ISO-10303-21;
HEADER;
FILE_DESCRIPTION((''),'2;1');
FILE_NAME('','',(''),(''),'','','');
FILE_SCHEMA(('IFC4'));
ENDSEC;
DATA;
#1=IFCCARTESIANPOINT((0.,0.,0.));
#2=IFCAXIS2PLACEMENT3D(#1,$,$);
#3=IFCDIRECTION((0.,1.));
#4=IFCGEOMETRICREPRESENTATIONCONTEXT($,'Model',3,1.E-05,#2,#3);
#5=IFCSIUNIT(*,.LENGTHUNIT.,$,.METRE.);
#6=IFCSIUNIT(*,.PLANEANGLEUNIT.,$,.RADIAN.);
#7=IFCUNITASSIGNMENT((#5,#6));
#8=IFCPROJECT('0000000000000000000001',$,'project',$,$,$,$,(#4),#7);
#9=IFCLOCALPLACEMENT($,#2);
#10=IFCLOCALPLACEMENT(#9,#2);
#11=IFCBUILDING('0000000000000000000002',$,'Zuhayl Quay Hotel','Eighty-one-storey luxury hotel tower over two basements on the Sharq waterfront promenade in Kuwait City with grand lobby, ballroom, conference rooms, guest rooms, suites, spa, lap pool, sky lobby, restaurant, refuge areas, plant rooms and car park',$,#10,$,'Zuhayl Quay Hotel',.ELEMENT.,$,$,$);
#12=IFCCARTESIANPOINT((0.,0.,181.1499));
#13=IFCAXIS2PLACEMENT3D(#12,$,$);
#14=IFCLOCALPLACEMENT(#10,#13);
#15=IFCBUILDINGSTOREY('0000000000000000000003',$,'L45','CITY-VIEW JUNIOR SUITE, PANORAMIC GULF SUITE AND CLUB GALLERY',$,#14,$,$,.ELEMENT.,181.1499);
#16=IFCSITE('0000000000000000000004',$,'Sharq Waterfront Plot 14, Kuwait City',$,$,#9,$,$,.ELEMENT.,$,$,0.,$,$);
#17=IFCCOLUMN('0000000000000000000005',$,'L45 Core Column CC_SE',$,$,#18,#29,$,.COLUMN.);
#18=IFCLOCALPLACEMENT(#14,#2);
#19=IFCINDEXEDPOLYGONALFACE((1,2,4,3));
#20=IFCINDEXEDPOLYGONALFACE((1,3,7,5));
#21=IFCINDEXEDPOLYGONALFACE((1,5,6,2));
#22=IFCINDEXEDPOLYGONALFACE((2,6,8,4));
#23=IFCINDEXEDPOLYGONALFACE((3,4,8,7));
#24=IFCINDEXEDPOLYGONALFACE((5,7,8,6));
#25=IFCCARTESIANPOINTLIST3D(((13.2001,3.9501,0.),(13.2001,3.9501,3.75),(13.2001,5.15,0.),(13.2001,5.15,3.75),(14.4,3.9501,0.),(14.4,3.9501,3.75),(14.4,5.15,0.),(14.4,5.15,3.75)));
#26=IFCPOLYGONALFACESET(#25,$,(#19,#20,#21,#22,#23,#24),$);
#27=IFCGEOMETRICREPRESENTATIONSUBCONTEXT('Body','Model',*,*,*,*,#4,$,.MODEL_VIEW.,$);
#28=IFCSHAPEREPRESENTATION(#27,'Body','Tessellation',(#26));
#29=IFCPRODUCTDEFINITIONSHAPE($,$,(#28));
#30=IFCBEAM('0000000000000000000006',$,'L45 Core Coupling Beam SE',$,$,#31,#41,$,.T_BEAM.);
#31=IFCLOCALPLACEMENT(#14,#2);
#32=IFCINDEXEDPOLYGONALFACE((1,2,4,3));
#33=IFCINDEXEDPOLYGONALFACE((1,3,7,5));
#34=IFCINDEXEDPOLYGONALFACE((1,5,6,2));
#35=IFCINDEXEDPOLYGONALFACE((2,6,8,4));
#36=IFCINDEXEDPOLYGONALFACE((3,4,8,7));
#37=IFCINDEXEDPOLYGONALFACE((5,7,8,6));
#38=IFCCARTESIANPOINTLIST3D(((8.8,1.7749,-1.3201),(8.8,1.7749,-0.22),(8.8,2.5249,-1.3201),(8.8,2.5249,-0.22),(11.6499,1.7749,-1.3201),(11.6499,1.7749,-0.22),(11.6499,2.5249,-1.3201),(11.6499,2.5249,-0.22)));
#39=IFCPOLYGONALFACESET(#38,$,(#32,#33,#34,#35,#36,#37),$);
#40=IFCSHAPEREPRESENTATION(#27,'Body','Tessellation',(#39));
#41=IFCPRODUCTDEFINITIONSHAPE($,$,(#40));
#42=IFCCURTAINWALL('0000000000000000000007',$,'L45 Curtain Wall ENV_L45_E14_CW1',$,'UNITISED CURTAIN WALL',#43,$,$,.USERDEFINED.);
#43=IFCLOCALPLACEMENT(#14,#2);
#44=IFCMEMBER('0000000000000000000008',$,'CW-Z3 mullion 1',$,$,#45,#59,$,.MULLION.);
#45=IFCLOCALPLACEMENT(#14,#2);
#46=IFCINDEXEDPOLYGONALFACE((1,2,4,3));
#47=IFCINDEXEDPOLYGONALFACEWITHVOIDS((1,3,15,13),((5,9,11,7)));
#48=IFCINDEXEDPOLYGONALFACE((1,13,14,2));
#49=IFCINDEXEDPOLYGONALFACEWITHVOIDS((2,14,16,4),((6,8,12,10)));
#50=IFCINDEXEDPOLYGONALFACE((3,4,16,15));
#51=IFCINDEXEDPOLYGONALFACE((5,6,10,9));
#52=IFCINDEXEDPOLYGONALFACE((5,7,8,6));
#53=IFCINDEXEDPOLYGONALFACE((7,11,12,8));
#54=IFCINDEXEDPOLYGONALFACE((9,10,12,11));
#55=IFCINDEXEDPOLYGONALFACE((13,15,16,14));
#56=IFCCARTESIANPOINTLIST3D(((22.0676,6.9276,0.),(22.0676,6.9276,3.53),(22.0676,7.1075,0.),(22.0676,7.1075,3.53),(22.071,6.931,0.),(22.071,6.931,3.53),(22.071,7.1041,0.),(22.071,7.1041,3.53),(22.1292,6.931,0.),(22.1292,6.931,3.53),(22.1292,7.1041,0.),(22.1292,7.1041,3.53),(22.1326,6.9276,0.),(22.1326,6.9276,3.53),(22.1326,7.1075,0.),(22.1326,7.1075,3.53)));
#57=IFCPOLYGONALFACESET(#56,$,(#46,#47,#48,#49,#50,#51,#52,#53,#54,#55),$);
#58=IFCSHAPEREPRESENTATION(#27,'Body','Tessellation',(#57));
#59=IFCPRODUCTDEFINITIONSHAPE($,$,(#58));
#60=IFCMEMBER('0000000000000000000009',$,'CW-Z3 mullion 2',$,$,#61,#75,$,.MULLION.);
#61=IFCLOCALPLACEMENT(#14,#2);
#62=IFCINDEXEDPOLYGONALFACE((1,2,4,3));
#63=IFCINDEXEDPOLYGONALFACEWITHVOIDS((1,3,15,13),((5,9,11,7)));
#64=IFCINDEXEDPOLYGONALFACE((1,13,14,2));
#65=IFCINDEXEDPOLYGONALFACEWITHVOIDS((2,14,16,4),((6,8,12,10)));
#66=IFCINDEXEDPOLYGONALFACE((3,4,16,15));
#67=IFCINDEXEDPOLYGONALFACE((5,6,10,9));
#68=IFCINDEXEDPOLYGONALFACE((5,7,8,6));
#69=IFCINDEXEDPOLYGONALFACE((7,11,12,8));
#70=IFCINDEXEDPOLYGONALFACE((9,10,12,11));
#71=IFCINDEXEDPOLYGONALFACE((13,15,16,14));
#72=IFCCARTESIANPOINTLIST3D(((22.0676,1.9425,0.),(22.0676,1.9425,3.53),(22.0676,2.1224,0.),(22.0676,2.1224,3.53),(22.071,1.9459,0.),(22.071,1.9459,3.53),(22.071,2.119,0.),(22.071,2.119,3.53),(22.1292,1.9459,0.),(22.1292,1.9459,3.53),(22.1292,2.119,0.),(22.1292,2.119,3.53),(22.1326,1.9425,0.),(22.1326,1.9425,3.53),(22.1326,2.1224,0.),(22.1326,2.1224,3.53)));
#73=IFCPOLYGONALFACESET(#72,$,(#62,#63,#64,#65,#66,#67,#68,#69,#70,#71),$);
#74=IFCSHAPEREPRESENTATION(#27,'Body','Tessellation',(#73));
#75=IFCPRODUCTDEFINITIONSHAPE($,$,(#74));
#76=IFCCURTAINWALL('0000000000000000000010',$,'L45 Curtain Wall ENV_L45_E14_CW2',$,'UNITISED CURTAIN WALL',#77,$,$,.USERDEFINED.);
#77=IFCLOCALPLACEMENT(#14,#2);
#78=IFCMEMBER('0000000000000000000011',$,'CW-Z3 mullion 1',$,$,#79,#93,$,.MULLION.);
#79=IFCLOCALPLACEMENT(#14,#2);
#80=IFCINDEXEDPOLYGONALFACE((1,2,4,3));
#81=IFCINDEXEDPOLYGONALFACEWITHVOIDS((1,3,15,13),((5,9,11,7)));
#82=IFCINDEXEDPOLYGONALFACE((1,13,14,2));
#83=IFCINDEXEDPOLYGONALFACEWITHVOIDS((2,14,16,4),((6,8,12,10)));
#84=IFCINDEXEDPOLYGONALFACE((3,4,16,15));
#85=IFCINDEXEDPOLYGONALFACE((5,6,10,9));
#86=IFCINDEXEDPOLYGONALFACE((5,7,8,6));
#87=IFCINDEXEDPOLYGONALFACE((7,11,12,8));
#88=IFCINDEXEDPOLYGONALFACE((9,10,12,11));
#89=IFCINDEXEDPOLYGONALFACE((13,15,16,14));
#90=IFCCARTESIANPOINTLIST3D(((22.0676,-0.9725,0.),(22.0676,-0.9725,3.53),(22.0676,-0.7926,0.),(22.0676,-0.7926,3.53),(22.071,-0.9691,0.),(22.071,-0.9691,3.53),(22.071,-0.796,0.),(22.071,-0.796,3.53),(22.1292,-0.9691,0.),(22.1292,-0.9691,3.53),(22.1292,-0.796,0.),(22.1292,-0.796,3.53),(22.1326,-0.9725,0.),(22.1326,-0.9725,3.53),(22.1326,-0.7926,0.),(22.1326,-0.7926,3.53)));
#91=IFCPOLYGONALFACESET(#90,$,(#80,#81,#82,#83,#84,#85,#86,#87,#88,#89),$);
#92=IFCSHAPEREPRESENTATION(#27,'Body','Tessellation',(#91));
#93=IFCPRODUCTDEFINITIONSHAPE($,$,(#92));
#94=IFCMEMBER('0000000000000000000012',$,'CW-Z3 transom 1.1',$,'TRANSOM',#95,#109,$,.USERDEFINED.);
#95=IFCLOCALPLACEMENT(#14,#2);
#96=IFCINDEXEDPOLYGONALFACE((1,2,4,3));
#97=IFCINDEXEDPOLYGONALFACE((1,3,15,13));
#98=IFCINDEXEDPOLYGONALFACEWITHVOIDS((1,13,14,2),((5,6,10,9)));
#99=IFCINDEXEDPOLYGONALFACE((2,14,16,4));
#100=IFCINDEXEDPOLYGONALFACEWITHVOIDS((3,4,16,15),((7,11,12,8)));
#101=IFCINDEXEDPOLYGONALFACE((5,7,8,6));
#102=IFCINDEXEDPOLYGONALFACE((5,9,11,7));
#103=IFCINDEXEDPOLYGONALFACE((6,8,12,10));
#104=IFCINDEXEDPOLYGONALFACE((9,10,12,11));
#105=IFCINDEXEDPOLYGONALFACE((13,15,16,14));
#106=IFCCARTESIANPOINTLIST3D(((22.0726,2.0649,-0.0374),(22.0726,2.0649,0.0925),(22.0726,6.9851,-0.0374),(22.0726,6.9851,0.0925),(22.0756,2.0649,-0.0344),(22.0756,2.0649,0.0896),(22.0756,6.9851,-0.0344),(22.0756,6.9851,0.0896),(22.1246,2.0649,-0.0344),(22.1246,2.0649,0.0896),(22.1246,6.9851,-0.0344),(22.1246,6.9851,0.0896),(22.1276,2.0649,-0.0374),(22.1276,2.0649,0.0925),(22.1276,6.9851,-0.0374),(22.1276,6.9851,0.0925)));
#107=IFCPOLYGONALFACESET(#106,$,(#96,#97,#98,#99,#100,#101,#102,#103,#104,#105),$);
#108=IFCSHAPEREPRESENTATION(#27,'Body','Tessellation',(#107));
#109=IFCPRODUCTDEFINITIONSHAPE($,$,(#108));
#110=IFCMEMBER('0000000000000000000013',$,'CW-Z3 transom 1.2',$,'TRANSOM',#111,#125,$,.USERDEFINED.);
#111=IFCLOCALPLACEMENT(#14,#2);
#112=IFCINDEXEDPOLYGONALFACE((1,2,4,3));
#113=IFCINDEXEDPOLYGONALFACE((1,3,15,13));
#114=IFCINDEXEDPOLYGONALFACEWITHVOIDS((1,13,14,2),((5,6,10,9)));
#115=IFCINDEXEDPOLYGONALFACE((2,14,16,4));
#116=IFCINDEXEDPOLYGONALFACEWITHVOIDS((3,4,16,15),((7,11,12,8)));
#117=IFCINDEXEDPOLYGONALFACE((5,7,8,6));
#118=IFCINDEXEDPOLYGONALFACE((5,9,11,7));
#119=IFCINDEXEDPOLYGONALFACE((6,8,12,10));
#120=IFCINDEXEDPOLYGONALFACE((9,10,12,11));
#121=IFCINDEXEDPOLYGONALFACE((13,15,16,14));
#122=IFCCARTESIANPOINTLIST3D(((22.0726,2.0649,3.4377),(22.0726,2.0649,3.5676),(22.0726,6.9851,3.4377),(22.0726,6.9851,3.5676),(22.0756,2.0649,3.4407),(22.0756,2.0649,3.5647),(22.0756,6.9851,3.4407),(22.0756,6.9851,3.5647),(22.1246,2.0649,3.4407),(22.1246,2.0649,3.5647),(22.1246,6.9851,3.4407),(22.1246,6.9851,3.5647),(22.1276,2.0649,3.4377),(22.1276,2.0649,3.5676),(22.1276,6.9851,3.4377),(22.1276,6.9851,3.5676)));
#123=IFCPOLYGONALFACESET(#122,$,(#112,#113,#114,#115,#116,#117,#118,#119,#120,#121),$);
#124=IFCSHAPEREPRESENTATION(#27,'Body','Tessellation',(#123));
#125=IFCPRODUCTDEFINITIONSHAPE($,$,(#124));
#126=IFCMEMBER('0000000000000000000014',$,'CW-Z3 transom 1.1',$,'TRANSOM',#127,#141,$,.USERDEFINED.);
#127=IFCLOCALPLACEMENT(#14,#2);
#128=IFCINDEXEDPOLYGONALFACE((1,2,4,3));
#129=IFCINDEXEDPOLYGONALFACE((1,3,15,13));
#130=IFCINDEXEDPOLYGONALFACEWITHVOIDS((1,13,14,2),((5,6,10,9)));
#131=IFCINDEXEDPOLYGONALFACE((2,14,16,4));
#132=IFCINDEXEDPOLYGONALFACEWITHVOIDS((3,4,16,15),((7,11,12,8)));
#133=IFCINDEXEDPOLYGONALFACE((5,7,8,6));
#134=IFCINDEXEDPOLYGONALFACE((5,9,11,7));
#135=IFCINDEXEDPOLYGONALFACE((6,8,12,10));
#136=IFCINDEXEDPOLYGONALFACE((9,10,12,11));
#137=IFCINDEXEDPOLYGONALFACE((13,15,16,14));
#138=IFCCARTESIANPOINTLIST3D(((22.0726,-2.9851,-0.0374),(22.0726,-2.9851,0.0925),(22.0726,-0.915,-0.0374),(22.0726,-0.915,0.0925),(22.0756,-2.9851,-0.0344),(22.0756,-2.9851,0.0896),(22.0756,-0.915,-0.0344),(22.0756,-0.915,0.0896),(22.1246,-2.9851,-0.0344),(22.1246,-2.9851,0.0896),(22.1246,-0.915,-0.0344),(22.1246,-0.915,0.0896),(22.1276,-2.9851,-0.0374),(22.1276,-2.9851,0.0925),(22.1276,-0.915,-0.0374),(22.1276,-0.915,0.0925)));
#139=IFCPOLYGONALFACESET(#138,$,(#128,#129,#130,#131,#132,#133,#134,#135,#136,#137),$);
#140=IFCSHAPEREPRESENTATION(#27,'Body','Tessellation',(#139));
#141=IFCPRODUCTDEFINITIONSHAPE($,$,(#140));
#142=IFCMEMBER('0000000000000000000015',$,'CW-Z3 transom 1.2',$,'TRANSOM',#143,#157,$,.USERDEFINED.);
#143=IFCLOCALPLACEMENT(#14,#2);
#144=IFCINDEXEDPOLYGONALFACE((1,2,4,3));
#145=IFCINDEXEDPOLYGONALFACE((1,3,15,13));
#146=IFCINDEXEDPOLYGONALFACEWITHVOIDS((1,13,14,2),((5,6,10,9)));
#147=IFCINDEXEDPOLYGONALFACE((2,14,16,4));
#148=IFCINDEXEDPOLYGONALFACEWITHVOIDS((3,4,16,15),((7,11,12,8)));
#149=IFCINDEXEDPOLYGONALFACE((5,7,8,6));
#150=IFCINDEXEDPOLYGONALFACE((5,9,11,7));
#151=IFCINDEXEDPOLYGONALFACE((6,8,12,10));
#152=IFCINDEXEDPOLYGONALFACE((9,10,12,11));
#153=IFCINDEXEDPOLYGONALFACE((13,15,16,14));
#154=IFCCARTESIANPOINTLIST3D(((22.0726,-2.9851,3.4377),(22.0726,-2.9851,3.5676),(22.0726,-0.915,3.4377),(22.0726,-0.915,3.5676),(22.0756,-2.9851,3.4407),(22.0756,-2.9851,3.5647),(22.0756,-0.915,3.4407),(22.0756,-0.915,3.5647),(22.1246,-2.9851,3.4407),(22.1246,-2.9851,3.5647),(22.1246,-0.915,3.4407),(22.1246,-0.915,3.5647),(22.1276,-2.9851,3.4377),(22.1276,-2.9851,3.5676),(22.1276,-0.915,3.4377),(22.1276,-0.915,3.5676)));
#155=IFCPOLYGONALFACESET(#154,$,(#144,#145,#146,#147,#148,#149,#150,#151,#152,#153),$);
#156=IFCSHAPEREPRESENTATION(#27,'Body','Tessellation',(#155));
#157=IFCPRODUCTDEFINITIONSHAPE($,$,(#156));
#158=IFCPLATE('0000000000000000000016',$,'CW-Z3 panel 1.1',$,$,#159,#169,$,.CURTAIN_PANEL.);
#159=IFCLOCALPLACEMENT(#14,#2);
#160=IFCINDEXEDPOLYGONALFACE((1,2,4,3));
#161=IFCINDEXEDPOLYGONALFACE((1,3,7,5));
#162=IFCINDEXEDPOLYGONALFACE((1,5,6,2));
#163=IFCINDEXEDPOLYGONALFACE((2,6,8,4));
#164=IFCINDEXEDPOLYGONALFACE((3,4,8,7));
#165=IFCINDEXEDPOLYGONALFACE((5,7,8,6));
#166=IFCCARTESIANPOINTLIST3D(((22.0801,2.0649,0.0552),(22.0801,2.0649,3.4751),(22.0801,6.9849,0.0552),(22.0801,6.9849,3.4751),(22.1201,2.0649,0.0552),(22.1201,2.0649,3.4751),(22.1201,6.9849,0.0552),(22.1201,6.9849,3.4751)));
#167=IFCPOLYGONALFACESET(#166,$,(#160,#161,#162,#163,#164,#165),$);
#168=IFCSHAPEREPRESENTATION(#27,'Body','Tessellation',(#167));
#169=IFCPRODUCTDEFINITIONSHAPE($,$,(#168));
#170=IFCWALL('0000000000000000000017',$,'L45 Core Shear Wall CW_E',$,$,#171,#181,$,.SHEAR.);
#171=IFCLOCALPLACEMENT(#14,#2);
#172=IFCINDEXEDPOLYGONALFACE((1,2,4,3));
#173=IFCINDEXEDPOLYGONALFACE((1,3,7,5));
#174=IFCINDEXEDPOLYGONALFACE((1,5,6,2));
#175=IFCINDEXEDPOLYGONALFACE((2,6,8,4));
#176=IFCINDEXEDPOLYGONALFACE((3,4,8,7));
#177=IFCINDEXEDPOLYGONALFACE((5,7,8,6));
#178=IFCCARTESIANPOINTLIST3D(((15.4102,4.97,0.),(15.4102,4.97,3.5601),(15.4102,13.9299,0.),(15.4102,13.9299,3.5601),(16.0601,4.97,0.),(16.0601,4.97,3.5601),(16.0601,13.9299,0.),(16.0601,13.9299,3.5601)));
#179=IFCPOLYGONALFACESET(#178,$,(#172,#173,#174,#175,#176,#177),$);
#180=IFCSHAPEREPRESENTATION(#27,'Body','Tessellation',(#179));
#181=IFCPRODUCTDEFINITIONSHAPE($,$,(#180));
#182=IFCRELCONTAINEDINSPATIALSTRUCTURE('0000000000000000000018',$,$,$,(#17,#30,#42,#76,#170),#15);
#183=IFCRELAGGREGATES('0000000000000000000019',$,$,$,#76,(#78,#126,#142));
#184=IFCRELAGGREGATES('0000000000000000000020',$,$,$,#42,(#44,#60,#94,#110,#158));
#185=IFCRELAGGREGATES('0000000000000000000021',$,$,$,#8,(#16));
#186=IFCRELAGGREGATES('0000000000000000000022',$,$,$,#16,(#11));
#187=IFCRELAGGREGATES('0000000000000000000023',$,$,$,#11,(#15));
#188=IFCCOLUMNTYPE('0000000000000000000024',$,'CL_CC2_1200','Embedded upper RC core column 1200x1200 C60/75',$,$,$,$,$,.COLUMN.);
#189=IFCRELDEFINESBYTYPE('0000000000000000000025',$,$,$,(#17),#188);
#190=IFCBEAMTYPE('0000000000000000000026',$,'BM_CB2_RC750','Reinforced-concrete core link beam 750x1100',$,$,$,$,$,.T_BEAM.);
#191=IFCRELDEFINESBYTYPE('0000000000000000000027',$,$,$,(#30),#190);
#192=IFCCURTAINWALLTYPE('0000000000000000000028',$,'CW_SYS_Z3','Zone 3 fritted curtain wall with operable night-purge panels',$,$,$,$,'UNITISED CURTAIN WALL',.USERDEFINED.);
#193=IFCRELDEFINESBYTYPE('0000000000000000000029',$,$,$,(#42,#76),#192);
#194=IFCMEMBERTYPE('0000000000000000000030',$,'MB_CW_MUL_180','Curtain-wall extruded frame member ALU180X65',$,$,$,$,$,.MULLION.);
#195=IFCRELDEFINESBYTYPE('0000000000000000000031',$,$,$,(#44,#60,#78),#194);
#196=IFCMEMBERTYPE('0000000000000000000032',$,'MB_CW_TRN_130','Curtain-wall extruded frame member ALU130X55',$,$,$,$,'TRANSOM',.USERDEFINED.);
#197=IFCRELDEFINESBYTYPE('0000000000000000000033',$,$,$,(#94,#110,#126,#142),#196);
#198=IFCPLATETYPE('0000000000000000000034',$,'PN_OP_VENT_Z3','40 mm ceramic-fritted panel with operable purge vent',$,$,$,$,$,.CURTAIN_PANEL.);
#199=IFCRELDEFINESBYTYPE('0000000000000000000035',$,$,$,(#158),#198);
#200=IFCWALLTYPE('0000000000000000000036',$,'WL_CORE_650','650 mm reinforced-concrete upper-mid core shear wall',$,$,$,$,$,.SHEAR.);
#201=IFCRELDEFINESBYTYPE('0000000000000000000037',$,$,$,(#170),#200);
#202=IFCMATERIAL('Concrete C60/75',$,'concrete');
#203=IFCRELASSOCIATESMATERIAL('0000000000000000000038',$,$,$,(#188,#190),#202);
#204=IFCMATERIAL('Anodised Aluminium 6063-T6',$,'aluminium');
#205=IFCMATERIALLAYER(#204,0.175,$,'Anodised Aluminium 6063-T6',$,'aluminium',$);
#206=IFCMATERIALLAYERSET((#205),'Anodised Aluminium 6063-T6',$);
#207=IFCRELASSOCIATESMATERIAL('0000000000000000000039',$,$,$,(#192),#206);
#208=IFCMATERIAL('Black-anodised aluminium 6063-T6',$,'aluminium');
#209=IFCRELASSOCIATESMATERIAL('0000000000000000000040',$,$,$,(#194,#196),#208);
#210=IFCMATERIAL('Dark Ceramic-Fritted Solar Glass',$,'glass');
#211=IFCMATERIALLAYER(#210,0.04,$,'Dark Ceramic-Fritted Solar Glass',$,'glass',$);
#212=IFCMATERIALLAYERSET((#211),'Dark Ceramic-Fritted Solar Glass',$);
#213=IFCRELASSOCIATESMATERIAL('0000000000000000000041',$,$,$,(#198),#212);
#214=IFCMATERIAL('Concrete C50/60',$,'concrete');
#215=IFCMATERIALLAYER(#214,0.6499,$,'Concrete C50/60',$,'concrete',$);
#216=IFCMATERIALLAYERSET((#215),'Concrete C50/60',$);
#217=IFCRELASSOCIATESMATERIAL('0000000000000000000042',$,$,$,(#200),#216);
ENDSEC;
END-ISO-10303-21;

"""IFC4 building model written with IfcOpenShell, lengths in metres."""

from ifc_helpers import new_model, si_unit, direction, frame, frame_2d, origin, origin_2d, place, context, subcontext, project, spatial, rectangle, hollow_rectangle, extrude, material, layer, layer_set, material_profile, profile_set, type_object, element, aggregate, save


model = new_model("IFC4")

# Units and contexts
model_context = context("Model", 3, precision=1e-05, world=origin(), true_north=direction((0.0, 1.0)))
body_context = subcontext(model_context, "Body", "Model", "MODEL_VIEW")
ifc_project = project(units=[si_unit("LENGTHUNIT", "METRE"), si_unit("PLANEANGLEUNIT", "RADIAN")], contexts=[model_context])

# Site, building, storey
site_placement = place(None, origin())
site = spatial("IfcSite", under=ifc_project, at=site_placement, Name="Sharq Waterfront Plot 14, Kuwait City", CompositionType="ELEMENT", RefElevation=0.0)
building_placement = place(site_placement, origin())
building = spatial("IfcBuilding", under=site, at=building_placement, Name="Zuhayl Quay Hotel", Description="Eighty-one-storey luxury hotel tower over two basements on the Sharq waterfront promenade in Kuwait City with grand lobby, ballroom, conference rooms, guest rooms, suites, spa, lap pool, sky lobby, restaurant, refuge areas, plant rooms and car park", LongName="Zuhayl Quay Hotel", CompositionType="ELEMENT")
storey_placement = place(building_placement, frame((0.0, 0.0, 181.1499)))
storey = spatial("IfcBuildingStorey", under=building, at=storey_placement, Name="L45", Description="CITY-VIEW JUNIOR SUITE, PANORAMIC GULF SUITE AND CLUB GALLERY", CompositionType="ELEMENT", Elevation=181.1499)

# Column
ifc_material_1 = material(Name="Concrete C60/75", Category="concrete")
ifc_material_profile_1 = material_profile(ifc_material_1, rectangle(XDim=1.2, YDim=1.2, at=origin_2d()), Name="RC1200X1200")
ifc_profile_set_1 = profile_set([ifc_material_profile_1], Name="Concrete C60/75")
column_type = type_object("IfcColumnType", Name="CL_CC2_1200", Description="Embedded upper RC core column 1200x1200 C60/75", PredefinedType="COLUMN", material=ifc_profile_set_1)
column_placement = place(storey_placement, frame((13.8, 4.55, 0.0), z_axis=(0.0, 0.0, 1.0), x_axis=(1.0, 0.0, 0.0)))
element("IfcColumn", 1, at=column_placement, inside=storey, type_object=column_type, Name="L45 Core Column CC_SE", PredefinedType="COLUMN", context=body_context, shape_type="SweptSolid", body=[
    extrude(rectangle(XDim=1.2, YDim=1.2, at=origin_2d()), origin(), (0.0, 0.0, 1.0), 3.75),
])

# Beam
ifc_material_profile_2 = material_profile(ifc_material_1, rectangle(XDim=0.75, YDim=1.1001, at=origin_2d()), Name="RC750X1100")
ifc_profile_set_2 = profile_set([ifc_material_profile_2], Name="Concrete C60/75")
beam_type = type_object("IfcBeamType", Name="BM_CB2_RC750", Description="Reinforced-concrete core link beam 750x1100", PredefinedType="T_BEAM", material=ifc_profile_set_2)
beam_placement = place(storey_placement, frame((8.8, 2.1499, -0.77), z_axis=(1.0, 0.0, 0.0), x_axis=(0.0, 1.0, 0.0)))
element("IfcBeam", 2, at=beam_placement, inside=storey, type_object=beam_type, Name="L45 Core Coupling Beam SE", PredefinedType="T_BEAM", context=body_context, shape_type="SweptSolid", body=[
    extrude(rectangle(XDim=0.75, YDim=1.1001, at=origin_2d()), origin(), (0.0, 0.0, 1.0), 2.8499),
])

# Curtain wall, members
ifc_material_2 = material(Name="Anodised Aluminium 6063-T6", Category="aluminium")
ifc_layer_1 = layer(ifc_material_2, 0.175, Name="Anodised Aluminium 6063-T6", Category="aluminium")
ifc_layer_set_1 = layer_set([ifc_layer_1], Name="Anodised Aluminium 6063-T6")
curtain_wall_type = type_object("IfcCurtainWallType", Name="CW_SYS_Z3", Description="Zone 3 fritted curtain wall with operable night-purge panels", ElementType="UNITISED CURTAIN WALL", PredefinedType="USERDEFINED", material=ifc_layer_set_1)
curtain_wall_1_placement = place(storey_placement, origin())
curtain_wall_1 = element("IfcCurtainWall", 3, at=curtain_wall_1_placement, inside=storey, type_object=curtain_wall_type, Name="L45 Curtain Wall ENV_L45_E14_CW1", ObjectType="UNITISED CURTAIN WALL", PredefinedType="USERDEFINED")
ifc_material_3 = material(Name="Black-anodised aluminium 6063-T6", Category="aluminium")
ifc_material_profile_3 = material_profile(ifc_material_3, hollow_rectangle(XDim=0.0649, YDim=0.1799, WallThickness=0.0034, at=origin_2d()), Name="ALU180X65")
ifc_profile_set_3 = profile_set([ifc_material_profile_3], Name="Black-anodised aluminium 6063-T6")
member_type_1 = type_object("IfcMemberType", Name="MB_CW_MUL_180", Description="Curtain-wall extruded frame member ALU180X65", PredefinedType="MULLION", material=ifc_profile_set_3)
member_1_placement = place(storey_placement, frame((22.1001, 7.0176, 0.0), z_axis=(0.0, 0.0, 1.0), x_axis=(1.0, 0.0, 0.0)))
member_1 = element("IfcMember", 4, at=member_1_placement, type_object=member_type_1, Name="CW-Z3 mullion 1", PredefinedType="MULLION", context=body_context, shape_type="SweptSolid", body=[
    extrude(hollow_rectangle(XDim=0.0649, YDim=0.1799, WallThickness=0.0034, at=origin_2d()), origin(), (0.0, 0.0, 1.0), 3.53),
])
member_2_placement = place(storey_placement, frame((22.1001, 2.0325, 0.0), z_axis=(0.0, 0.0, 1.0), x_axis=(1.0, 0.0, 0.0)))
member_2 = element("IfcMember", 5, at=member_2_placement, type_object=member_type_1, Name="CW-Z3 mullion 2", PredefinedType="MULLION", context=body_context, shape_type="SweptSolid", body=[
    extrude(hollow_rectangle(XDim=0.0649, YDim=0.1799, WallThickness=0.0034, at=origin_2d()), origin(), (0.0, 0.0, 1.0), 3.53),
])

# Curtain wall, member
curtain_wall_2_placement = place(storey_placement, origin())
curtain_wall_2 = element("IfcCurtainWall", 6, at=curtain_wall_2_placement, inside=storey, type_object=curtain_wall_type, Name="L45 Curtain Wall ENV_L45_E14_CW2", ObjectType="UNITISED CURTAIN WALL", PredefinedType="USERDEFINED")
member_3_placement = place(storey_placement, frame((22.1001, -0.8826, 0.0), z_axis=(0.0, 0.0, 1.0), x_axis=(1.0, 0.0, 0.0)))
member_3 = element("IfcMember", 7, at=member_3_placement, type_object=member_type_1, Name="CW-Z3 mullion 1", PredefinedType="MULLION", context=body_context, shape_type="SweptSolid", body=[
    extrude(hollow_rectangle(XDim=0.0649, YDim=0.1799, WallThickness=0.0034, at=origin_2d()), origin(), (0.0, 0.0, 1.0), 3.53),
])

# Members
ifc_material_profile_4 = material_profile(ifc_material_3, hollow_rectangle(XDim=0.0549, YDim=0.1299, WallThickness=0.0029, at=origin_2d()), Name="ALU130X55")
ifc_profile_set_4 = profile_set([ifc_material_profile_4], Name="Black-anodised aluminium 6063-T6")
member_type_2 = type_object("IfcMemberType", Name="MB_CW_TRN_130", Description="Curtain-wall extruded frame member ALU130X55", ElementType="TRANSOM", PredefinedType="USERDEFINED", material=ifc_profile_set_4)
member_4_placement = place(storey_placement, frame((22.1001, 6.9851, 0.0276), z_axis=(0.0, -1.0, 0.0), x_axis=(1.0, 0.0, 0.0)))
member_4 = element("IfcMember", 8, at=member_4_placement, type_object=member_type_2, Name="CW-Z3 transom 1.1", ObjectType="TRANSOM", PredefinedType="USERDEFINED", context=body_context, shape_type="SweptSolid", body=[
    extrude(hollow_rectangle(XDim=0.0549, YDim=0.1299, WallThickness=0.0029, at=origin_2d()), origin(), (0.0, 0.0, 1.0), 4.9202),
])
member_5_placement = place(storey_placement, frame((22.1001, 6.9851, 3.5027), z_axis=(0.0, -1.0, 0.0), x_axis=(1.0, 0.0, 0.0)))
member_5 = element("IfcMember", 9, at=member_5_placement, type_object=member_type_2, Name="CW-Z3 transom 1.2", ObjectType="TRANSOM", PredefinedType="USERDEFINED", context=body_context, shape_type="SweptSolid", body=[
    extrude(hollow_rectangle(XDim=0.0549, YDim=0.1299, WallThickness=0.0029, at=origin_2d()), origin(), (0.0, 0.0, 1.0), 4.9202),
])
member_6_placement = place(storey_placement, frame((22.1001, -0.915, 0.0276), z_axis=(0.0, -1.0, 0.0), x_axis=(1.0, 0.0, 0.0)))
member_6 = element("IfcMember", 10, at=member_6_placement, type_object=member_type_2, Name="CW-Z3 transom 1.1", ObjectType="TRANSOM", PredefinedType="USERDEFINED", context=body_context, shape_type="SweptSolid", body=[
    extrude(hollow_rectangle(XDim=0.0549, YDim=0.1299, WallThickness=0.0029, at=origin_2d()), origin(), (0.0, 0.0, 1.0), 2.0701),
])
member_7_placement = place(storey_placement, frame((22.1001, -0.915, 3.5027), z_axis=(0.0, -1.0, 0.0), x_axis=(1.0, 0.0, 0.0)))
member_7 = element("IfcMember", 11, at=member_7_placement, type_object=member_type_2, Name="CW-Z3 transom 1.2", ObjectType="TRANSOM", PredefinedType="USERDEFINED", context=body_context, shape_type="SweptSolid", body=[
    extrude(hollow_rectangle(XDim=0.0549, YDim=0.1299, WallThickness=0.0029, at=origin_2d()), origin(), (0.0, 0.0, 1.0), 2.0701),
])
aggregate(curtain_wall_2, [member_3, member_6, member_7])

# Plate
ifc_material_4 = material(Name="Dark Ceramic-Fritted Solar Glass", Category="glass")
ifc_layer_2 = layer(ifc_material_4, 0.04, Name="Dark Ceramic-Fritted Solar Glass", Category="glass")
ifc_layer_set_2 = layer_set([ifc_layer_2], Name="Dark Ceramic-Fritted Solar Glass")
plate_type = type_object("IfcPlateType", Name="PN_OP_VENT_Z3", Description="40 mm ceramic-fritted panel with operable purge vent", PredefinedType="CURTAIN_PANEL", material=ifc_layer_set_2)
plate_placement = place(storey_placement, frame((22.1001, 4.5249, 0.0552), z_axis=(0.0, 0.0, 1.0), x_axis=(0.0, -1.0, 0.0)))
plate = element("IfcPlate", 12, at=plate_placement, type_object=plate_type, Name="CW-Z3 panel 1.1", PredefinedType="CURTAIN_PANEL", context=body_context, shape_type="SweptSolid", body=[
    extrude(rectangle(XDim=4.9199, YDim=0.04, at=origin_2d()), origin(), (0.0, 0.0, 1.0), 3.4199),
])
aggregate(curtain_wall_1, [member_1, member_2, member_4, member_5, plate])

# Wall
ifc_material_5 = material(Name="Concrete C50/60", Category="concrete")
ifc_layer_3 = layer(ifc_material_5, 0.6499, Name="Concrete C50/60", Category="concrete")
ifc_layer_set_3 = layer_set([ifc_layer_3], Name="Concrete C50/60")
wall_type_1 = type_object("IfcWallType", Name="WL_CORE_650", Description="650 mm reinforced-concrete upper-mid core shear wall", PredefinedType="SHEAR", material=ifc_layer_set_3)
wall_1_placement = place(storey_placement, frame((15.7351, 4.97, 0.0), z_axis=(0.0, 0.0, 1.0), x_axis=(0.0, 1.0, 0.0)))
element("IfcWall", 13, at=wall_1_placement, inside=storey, type_object=wall_type_1, Name="L45 Core Shear Wall CW_E", PredefinedType="SHEAR", context=body_context, shape_type="SweptSolid", body=[
    extrude(rectangle(XDim=8.96, YDim=0.6499, at=frame_2d((4.48, 0.0))), origin(), (0.0, 0.0, 1.0), 3.5601),
])

save(model, "model.ifc")
